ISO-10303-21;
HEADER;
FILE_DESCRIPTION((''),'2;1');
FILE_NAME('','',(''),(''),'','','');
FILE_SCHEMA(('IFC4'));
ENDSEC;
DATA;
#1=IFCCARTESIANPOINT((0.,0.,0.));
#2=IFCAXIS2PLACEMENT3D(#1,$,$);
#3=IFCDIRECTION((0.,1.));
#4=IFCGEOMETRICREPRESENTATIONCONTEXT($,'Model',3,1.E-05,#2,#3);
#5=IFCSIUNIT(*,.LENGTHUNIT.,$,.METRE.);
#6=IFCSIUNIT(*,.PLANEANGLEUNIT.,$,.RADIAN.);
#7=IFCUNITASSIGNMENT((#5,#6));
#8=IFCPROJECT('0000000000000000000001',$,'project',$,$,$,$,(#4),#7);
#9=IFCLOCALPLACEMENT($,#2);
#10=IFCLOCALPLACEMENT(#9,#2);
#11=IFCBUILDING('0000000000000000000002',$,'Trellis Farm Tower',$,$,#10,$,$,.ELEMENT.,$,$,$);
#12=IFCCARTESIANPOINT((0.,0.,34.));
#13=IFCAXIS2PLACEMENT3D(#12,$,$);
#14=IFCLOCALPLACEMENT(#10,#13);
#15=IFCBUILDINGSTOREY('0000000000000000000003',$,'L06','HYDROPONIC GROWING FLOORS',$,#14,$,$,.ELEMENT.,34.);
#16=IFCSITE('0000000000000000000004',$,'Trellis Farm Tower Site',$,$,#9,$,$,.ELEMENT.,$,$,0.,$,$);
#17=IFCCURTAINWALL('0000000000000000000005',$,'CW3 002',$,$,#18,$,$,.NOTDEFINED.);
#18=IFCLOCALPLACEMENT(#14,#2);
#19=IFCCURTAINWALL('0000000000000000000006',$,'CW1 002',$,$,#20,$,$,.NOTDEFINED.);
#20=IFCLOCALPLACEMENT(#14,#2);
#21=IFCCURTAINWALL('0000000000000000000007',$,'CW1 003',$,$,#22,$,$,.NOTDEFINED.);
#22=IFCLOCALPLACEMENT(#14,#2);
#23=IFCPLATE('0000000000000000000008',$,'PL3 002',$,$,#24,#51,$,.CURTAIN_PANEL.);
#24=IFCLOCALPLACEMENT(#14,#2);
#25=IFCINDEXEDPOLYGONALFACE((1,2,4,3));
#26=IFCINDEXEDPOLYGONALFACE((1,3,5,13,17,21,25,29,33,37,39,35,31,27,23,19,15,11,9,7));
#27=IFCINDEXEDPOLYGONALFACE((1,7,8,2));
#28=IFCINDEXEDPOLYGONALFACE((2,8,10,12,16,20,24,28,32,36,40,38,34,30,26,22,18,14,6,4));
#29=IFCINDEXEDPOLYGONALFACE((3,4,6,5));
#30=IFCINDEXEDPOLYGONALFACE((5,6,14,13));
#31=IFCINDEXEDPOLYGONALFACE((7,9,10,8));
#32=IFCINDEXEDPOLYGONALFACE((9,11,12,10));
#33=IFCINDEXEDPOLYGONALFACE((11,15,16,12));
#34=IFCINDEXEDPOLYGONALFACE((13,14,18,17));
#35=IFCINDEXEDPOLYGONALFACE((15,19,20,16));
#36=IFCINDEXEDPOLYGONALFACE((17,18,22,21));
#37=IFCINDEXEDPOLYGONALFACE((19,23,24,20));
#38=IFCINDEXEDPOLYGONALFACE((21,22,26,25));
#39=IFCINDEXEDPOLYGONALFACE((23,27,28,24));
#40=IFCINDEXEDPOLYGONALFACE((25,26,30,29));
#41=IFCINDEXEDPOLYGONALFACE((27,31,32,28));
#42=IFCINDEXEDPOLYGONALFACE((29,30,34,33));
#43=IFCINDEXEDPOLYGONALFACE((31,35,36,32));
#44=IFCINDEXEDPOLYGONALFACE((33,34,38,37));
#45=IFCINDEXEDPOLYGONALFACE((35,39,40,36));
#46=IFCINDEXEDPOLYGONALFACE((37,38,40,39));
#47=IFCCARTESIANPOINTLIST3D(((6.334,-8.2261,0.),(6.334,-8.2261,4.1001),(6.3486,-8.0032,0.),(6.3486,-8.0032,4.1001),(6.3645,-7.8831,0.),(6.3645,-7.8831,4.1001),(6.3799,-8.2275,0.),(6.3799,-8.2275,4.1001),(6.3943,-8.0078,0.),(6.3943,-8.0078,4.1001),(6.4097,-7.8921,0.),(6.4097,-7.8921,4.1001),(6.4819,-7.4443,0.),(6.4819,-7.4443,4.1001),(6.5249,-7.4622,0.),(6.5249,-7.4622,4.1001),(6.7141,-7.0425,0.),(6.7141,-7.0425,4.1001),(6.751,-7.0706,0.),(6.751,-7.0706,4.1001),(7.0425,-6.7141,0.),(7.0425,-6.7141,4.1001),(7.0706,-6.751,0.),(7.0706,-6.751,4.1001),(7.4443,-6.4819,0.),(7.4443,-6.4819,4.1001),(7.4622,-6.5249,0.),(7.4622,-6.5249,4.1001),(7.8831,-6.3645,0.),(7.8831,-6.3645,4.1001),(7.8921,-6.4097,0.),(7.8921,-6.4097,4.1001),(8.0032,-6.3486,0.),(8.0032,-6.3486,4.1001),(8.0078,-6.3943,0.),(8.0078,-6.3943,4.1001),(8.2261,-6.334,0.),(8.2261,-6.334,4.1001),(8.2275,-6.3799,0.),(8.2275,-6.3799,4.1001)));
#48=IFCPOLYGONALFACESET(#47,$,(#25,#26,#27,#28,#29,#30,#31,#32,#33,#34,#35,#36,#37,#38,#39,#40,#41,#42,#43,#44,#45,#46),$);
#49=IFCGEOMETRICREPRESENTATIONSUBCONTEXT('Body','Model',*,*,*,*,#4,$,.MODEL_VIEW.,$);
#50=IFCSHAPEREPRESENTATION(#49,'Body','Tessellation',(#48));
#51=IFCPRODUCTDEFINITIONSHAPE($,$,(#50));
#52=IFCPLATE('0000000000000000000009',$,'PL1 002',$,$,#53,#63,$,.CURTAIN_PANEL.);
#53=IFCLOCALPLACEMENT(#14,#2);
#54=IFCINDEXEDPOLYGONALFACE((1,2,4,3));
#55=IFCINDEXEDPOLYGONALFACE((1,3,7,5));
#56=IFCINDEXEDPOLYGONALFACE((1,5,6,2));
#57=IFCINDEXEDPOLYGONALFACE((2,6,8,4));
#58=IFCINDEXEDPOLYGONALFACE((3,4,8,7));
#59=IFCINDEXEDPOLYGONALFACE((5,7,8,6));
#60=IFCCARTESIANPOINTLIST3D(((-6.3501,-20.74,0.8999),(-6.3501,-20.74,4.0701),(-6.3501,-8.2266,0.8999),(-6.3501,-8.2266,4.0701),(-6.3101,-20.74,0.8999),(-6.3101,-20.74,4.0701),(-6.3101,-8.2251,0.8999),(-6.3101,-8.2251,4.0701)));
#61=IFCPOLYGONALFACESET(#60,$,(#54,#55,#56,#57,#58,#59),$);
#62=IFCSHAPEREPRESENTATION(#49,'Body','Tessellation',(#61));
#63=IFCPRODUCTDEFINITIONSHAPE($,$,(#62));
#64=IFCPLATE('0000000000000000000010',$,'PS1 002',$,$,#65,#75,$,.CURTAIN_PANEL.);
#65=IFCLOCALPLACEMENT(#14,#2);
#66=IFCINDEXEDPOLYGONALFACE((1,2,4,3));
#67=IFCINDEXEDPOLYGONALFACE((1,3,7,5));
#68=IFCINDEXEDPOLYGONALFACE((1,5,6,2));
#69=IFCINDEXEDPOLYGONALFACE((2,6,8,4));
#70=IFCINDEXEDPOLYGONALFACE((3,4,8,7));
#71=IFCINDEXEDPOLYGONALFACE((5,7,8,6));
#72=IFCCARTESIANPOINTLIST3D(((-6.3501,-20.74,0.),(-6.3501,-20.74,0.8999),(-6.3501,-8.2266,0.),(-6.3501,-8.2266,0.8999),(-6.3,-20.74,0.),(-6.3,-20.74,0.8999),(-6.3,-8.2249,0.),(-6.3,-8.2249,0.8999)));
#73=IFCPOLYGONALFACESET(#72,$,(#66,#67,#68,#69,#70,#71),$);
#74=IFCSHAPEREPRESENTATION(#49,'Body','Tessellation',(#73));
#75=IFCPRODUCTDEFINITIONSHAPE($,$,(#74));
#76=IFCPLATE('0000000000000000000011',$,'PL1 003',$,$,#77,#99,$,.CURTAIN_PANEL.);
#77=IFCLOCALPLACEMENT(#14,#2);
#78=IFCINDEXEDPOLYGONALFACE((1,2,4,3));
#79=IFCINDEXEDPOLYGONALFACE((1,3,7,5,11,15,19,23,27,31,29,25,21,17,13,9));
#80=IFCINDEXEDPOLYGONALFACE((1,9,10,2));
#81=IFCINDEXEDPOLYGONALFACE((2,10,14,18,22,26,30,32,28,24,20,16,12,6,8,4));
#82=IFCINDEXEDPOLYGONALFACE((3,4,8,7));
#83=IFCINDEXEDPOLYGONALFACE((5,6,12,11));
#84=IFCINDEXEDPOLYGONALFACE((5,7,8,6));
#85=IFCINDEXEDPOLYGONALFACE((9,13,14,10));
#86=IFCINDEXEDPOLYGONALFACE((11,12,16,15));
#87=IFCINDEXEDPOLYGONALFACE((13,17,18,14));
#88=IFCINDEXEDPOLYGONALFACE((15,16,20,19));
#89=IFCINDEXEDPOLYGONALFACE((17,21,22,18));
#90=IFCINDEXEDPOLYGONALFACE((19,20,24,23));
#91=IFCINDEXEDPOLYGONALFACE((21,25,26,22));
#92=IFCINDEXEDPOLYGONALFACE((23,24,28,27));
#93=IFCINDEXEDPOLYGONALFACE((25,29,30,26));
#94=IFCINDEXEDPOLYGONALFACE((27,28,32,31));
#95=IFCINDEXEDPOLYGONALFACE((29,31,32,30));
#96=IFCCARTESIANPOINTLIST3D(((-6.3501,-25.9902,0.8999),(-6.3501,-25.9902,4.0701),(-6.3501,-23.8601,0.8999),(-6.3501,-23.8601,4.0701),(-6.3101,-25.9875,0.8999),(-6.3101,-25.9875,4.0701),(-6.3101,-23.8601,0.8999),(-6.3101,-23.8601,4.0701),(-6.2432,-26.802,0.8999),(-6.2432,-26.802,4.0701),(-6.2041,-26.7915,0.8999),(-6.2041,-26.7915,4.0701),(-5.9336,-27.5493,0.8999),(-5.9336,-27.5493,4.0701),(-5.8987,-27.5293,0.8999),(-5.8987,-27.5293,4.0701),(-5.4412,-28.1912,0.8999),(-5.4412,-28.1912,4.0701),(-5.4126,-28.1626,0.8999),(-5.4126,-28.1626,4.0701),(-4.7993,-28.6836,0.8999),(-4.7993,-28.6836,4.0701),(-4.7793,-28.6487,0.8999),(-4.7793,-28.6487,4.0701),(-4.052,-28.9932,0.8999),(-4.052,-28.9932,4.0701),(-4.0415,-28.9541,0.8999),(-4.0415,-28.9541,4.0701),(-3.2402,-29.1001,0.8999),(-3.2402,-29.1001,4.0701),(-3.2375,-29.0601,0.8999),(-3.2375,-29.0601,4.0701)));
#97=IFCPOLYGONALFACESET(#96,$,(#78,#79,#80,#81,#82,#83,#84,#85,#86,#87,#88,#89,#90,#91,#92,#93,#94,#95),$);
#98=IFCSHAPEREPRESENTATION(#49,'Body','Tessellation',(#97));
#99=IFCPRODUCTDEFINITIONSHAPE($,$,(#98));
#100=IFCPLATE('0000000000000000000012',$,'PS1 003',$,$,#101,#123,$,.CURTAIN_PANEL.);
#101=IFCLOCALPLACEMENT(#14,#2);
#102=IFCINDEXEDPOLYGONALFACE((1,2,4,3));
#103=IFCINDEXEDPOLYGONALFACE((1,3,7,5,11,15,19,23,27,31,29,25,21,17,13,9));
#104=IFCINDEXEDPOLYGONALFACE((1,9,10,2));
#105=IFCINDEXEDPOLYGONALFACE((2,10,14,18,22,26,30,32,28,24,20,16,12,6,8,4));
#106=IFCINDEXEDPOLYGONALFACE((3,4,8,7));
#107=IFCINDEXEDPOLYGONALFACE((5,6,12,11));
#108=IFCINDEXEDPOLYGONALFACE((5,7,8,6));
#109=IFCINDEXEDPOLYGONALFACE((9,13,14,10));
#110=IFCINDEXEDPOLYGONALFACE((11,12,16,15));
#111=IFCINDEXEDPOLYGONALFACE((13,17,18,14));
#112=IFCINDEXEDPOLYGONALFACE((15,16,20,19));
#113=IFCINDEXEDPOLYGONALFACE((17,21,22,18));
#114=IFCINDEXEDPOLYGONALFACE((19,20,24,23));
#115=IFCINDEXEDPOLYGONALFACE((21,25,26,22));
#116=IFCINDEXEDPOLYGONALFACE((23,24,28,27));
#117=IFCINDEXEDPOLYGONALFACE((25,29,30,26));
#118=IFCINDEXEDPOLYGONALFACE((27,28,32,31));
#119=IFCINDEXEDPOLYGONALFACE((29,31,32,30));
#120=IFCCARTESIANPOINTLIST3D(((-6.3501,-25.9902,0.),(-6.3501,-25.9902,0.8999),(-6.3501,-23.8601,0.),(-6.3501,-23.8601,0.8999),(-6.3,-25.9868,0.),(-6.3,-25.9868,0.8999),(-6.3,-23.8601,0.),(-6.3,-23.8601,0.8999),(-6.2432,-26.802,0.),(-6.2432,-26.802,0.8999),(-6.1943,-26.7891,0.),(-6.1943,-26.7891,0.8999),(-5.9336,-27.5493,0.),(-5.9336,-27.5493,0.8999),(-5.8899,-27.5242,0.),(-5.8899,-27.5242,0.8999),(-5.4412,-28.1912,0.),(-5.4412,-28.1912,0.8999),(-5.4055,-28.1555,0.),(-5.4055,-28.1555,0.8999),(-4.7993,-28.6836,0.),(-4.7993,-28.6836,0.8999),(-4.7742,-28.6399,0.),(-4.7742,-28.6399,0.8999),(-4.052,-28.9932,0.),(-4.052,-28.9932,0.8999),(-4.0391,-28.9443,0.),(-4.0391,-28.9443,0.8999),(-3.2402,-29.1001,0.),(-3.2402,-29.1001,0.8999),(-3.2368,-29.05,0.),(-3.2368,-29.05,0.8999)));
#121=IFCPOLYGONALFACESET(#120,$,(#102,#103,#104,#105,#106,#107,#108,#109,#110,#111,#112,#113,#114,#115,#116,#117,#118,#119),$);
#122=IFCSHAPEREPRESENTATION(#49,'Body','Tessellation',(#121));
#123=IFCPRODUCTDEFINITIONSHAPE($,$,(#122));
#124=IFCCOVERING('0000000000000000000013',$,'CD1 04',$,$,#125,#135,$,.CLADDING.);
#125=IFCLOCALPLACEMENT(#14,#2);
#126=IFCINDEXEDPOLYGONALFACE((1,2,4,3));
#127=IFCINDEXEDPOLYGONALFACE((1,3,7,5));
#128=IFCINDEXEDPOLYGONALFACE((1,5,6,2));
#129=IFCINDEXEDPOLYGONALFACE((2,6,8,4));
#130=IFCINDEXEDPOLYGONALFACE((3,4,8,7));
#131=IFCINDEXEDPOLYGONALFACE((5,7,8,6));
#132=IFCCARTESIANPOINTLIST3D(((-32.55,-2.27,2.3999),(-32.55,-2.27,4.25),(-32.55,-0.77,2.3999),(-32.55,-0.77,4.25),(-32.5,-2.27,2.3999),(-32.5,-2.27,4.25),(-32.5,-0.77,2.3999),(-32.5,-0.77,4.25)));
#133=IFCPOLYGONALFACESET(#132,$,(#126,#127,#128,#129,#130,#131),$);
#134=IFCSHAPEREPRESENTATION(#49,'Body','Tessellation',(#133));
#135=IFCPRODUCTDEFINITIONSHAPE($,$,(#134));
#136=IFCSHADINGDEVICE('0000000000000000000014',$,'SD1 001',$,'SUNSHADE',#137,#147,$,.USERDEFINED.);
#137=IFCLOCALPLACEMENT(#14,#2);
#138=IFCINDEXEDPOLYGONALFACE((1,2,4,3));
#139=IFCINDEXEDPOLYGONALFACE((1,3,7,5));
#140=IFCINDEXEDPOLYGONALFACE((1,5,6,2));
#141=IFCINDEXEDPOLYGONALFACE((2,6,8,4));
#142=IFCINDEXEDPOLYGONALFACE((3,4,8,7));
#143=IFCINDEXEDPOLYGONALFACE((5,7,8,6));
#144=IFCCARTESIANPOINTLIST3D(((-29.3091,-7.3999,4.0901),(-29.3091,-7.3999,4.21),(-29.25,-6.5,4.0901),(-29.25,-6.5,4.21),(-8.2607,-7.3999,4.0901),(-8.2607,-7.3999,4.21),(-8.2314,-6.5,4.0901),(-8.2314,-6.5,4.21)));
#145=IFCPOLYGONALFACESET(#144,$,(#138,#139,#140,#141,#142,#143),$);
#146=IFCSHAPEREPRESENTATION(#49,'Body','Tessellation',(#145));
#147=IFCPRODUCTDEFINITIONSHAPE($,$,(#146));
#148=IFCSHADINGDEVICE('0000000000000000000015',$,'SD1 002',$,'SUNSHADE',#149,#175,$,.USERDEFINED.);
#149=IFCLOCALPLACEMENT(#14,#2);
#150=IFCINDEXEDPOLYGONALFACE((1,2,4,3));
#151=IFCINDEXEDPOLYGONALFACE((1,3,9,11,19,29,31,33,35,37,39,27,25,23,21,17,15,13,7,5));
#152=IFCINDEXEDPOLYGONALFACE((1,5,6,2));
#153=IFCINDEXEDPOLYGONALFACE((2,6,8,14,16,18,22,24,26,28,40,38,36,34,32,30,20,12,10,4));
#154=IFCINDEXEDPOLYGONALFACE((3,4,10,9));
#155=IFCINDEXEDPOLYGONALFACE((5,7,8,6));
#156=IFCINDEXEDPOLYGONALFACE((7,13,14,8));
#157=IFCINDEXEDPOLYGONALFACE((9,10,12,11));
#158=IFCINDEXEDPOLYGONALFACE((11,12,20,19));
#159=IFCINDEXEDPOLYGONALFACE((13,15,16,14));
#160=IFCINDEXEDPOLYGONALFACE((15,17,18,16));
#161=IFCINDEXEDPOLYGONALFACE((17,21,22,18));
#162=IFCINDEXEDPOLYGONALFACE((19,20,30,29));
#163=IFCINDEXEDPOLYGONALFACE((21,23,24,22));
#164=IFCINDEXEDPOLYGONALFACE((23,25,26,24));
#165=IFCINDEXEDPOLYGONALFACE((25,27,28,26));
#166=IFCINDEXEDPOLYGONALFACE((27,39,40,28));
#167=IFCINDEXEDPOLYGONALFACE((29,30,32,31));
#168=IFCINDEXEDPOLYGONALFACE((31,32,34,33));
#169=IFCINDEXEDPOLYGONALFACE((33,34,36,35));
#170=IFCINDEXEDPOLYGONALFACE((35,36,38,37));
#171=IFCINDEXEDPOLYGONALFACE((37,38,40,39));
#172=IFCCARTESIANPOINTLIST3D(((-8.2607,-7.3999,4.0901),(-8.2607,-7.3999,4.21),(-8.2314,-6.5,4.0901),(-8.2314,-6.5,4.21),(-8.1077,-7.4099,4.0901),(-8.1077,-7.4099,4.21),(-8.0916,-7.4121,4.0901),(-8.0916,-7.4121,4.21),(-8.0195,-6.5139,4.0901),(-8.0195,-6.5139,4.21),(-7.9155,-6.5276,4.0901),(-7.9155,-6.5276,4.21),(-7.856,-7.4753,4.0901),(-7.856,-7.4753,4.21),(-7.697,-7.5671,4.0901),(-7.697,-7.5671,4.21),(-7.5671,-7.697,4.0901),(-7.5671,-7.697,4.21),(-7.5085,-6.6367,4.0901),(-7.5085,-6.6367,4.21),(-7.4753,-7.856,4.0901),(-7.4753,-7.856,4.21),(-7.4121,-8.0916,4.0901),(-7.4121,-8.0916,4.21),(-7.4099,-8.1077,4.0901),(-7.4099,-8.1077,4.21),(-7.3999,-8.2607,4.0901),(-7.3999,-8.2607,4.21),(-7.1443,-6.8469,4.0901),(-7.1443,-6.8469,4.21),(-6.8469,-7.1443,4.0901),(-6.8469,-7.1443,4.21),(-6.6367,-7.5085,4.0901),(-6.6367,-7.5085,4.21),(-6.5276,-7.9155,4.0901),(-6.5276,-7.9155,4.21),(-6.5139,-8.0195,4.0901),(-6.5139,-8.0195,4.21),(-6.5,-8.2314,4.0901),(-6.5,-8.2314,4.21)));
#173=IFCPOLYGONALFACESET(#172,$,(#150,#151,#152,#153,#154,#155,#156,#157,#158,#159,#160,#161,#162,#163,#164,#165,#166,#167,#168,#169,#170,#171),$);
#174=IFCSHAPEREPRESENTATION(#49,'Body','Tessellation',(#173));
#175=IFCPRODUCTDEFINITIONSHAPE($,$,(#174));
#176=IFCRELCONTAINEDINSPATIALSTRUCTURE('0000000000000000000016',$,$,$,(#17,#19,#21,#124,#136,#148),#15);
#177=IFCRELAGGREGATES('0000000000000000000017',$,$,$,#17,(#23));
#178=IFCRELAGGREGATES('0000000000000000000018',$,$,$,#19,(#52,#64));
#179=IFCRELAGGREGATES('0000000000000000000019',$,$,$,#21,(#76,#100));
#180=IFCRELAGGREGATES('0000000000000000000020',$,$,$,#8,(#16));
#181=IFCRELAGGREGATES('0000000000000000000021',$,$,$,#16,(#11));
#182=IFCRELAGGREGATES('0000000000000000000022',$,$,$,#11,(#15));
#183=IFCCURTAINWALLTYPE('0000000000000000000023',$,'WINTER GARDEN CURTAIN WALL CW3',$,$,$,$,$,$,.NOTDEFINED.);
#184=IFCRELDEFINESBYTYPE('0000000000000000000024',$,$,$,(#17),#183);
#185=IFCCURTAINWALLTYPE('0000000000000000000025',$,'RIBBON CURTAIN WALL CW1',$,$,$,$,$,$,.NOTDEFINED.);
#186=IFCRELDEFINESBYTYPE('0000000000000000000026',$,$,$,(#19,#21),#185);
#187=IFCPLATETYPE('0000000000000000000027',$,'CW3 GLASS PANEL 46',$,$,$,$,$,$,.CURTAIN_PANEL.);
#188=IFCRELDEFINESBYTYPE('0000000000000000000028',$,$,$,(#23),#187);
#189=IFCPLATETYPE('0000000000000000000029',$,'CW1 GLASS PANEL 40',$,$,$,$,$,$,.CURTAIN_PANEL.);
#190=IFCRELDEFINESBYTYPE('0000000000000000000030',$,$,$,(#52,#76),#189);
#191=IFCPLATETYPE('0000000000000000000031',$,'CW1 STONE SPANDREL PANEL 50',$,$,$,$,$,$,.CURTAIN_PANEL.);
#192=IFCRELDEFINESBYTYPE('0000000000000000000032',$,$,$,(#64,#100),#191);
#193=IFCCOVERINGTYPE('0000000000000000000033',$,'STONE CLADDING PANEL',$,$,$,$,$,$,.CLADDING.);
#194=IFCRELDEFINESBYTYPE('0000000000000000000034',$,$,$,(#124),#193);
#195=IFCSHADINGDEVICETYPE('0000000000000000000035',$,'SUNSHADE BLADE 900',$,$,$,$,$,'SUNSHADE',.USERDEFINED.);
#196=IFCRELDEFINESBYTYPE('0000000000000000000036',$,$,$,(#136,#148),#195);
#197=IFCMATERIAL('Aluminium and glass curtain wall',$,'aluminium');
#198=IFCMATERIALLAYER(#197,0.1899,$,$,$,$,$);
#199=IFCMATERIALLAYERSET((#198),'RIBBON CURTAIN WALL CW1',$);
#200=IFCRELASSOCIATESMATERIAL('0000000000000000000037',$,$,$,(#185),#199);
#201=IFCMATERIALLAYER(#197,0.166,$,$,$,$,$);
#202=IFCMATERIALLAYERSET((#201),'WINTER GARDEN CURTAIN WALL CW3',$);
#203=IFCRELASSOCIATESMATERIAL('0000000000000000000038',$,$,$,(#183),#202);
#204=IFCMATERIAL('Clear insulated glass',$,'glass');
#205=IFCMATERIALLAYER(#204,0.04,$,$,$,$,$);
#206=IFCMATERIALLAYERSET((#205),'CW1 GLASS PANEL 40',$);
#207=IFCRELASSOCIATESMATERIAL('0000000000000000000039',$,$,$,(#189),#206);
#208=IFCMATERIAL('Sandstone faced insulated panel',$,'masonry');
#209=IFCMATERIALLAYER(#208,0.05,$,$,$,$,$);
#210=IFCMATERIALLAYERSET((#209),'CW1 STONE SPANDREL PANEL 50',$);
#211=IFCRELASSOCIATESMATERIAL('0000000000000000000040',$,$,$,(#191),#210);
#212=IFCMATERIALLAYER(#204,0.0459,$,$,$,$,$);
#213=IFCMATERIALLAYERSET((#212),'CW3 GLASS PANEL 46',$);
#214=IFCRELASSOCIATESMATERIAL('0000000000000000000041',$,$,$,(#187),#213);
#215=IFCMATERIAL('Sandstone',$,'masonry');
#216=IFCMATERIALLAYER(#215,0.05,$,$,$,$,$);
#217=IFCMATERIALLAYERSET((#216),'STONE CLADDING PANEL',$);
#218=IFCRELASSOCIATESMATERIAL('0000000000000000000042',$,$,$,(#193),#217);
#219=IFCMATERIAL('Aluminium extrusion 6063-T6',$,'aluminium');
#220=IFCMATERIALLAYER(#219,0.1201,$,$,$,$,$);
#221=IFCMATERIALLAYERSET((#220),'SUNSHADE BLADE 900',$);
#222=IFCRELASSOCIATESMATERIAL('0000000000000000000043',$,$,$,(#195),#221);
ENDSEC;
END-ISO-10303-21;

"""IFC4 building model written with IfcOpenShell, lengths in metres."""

from ifc_helpers import new_model, si_unit, direction, frame, origin, place, context, subcontext, project, spatial, polyline, outline, extrude, source, transform, mapped, material, layer, layer_set, type_object, element, aggregate, save


model = new_model("IFC4")

# Units and contexts
model_context = context("Model", 3, precision=1e-05, world=origin(), true_north=direction((0.0, 1.0)))
body_context = subcontext(model_context, "Body", "Model", "MODEL_VIEW")
ifc_project = project(units=[si_unit("LENGTHUNIT", "METRE"), si_unit("PLANEANGLEUNIT", "RADIAN")], contexts=[model_context])

# Site, building, storey
site_placement = place(None, origin())
site = spatial("IfcSite", under=ifc_project, at=site_placement, Name="Trellis Farm Tower Site", CompositionType="ELEMENT", RefElevation=0.0)
building_placement = place(site_placement, origin())
building = spatial("IfcBuilding", under=site, at=building_placement, Name="Trellis Farm Tower", CompositionType="ELEMENT")
storey_placement = place(building_placement, frame((0.0, 0.0, 34.0)))
storey = spatial("IfcBuildingStorey", under=building, at=storey_placement, Name="L06", Description="HYDROPONIC GROWING FLOORS", CompositionType="ELEMENT", Elevation=34.0)

# Curtain walls
ifc_material_1 = material(Name="Aluminium and glass curtain wall", Category="aluminium")
ifc_layer_1 = layer(ifc_material_1, 0.1899)
ifc_layer_set_1 = layer_set([ifc_layer_1], Name="RIBBON CURTAIN WALL CW1")
curtain_wall_type_1 = type_object("IfcCurtainWallType", Name="RIBBON CURTAIN WALL CW1", PredefinedType="NOTDEFINED", material=ifc_layer_set_1)
placement_1 = place(storey_placement, origin())
ifc_material_2 = material(Name="Aluminium extrusion 6063-T6", Category="aluminium")
ifc_layer_2 = layer(ifc_material_1, 0.166)
ifc_layer_set_2 = layer_set([ifc_layer_2], Name="WINTER GARDEN CURTAIN WALL CW3")
curtain_wall_type_2 = type_object("IfcCurtainWallType", Name="WINTER GARDEN CURTAIN WALL CW3", PredefinedType="NOTDEFINED", material=ifc_layer_set_2)
curtain_wall_1 = element("IfcCurtainWall", 1, at=placement_1, inside=storey, type_object=curtain_wall_type_2, Name="CW3 002", PredefinedType="NOTDEFINED")
curtain_wall_2 = element("IfcCurtainWall", 2, at=placement_1, inside=storey, type_object=curtain_wall_type_1, Name="CW1 002", PredefinedType="NOTDEFINED")
curtain_wall_3 = element("IfcCurtainWall", 3, at=placement_1, inside=storey, type_object=curtain_wall_type_1, Name="CW1 003", PredefinedType="NOTDEFINED")

# Plates
ifc_material_3 = material(Name="Clear insulated glass", Category="glass")
ifc_layer_3 = layer(ifc_material_3, 0.04)
ifc_layer_set_3 = layer_set([ifc_layer_3], Name="CW1 GLASS PANEL 40")
plate_type_1 = type_object("IfcPlateType", Name="CW1 GLASS PANEL 40", PredefinedType="CURTAIN_PANEL", material=ifc_layer_set_3)
placement_2 = place(storey_placement, frame((0.0, 0.0, 0.8999)))
ifc_material_4 = material(Name="Sandstone faced insulated panel", Category="masonry")
ifc_layer_4 = layer(ifc_material_4, 0.05)
ifc_layer_set_4 = layer_set([ifc_layer_4], Name="CW1 STONE SPANDREL PANEL 50")
plate_type_2 = type_object("IfcPlateType", Name="CW1 STONE SPANDREL PANEL 50", PredefinedType="CURTAIN_PANEL", material=ifc_layer_set_4)
ifc_layer_5 = layer(ifc_material_3, 0.0459)
ifc_layer_set_5 = layer_set([ifc_layer_5], Name="CW3 GLASS PANEL 46")
plate_type_3 = type_object("IfcPlateType", Name="CW3 GLASS PANEL 46", PredefinedType="CURTAIN_PANEL", material=ifc_layer_set_5)
shared_shape_1 = source(origin(), body_context, "Body", "SweptSolid", [
    extrude(outline(polyline([(6.3799, -8.2275), (6.3943, -8.0078), (6.4097, -7.8921), (6.5249, -7.4622), (6.751, -7.0706), (7.0706, -6.751), (7.4622, -6.5249), (7.8921, -6.4097), (8.0078, -6.3943), (8.2275, -6.3799), (8.2261, -6.334), (8.0032, -6.3486), (7.8831, -6.3645), (7.4443, -6.4819), (7.0425, -6.7141), (6.7141, -7.0425), (6.4819, -7.4443), (6.3645, -7.8831), (6.3486, -8.0032), (6.334, -8.2261), (6.3799, -8.2275)])), origin(), (0.0, 0.0, 1.0), 4.1001),
])
plate_1 = element("IfcPlate", 4, at=placement_1, type_object=plate_type_3, Name="PL3 002", PredefinedType="CURTAIN_PANEL", context=body_context, shape_type="MappedRepresentation", body=[
    mapped(shared_shape_1, transform((0.0, 0.0, 0.0))),
])
aggregate(curtain_wall_1, [plate_1])
shared_shape_2 = source(origin(), body_context, "Body", "SweptSolid", [
    extrude(outline(polyline([(-6.3501, -8.2266), (-6.3501, -20.74), (-6.3101, -20.74), (-6.3101, -8.2251), (-6.3501, -8.2266)])), origin(), (0.0, 0.0, 1.0), 3.1702),
])
plate_2 = element("IfcPlate", 5, at=placement_2, type_object=plate_type_1, Name="PL1 002", PredefinedType="CURTAIN_PANEL", context=body_context, shape_type="MappedRepresentation", body=[
    mapped(shared_shape_2, transform((0.0, 0.0, 0.0))),
])
shared_shape_3 = source(origin(), body_context, "Body", "SweptSolid", [
    extrude(outline(polyline([(-6.3501, -8.2266), (-6.3501, -20.74), (-6.3, -20.74), (-6.3, -8.2249), (-6.3501, -8.2266)])), origin(), (0.0, 0.0, 1.0), 0.8999),
])
plate_3 = element("IfcPlate", 6, at=placement_1, type_object=plate_type_2, Name="PS1 002", PredefinedType="CURTAIN_PANEL", context=body_context, shape_type="MappedRepresentation", body=[
    mapped(shared_shape_3, transform((0.0, 0.0, 0.0))),
])
aggregate(curtain_wall_2, [plate_2, plate_3])
shared_shape_4 = source(origin(), body_context, "Body", "SweptSolid", [
    extrude(outline(polyline([(-6.3501, -23.8601), (-6.3501, -25.9902), (-6.2432, -26.802), (-5.9336, -27.5493), (-5.4412, -28.1912), (-4.7993, -28.6836), (-4.052, -28.9932), (-3.2402, -29.1001), (-3.2375, -29.0601), (-4.0415, -28.9541), (-4.7793, -28.6487), (-5.4126, -28.1626), (-5.8987, -27.5293), (-6.2041, -26.7915), (-6.3101, -25.9875), (-6.3101, -23.8601), (-6.3501, -23.8601)])), origin(), (0.0, 0.0, 1.0), 3.1702),
])
plate_4 = element("IfcPlate", 7, at=placement_2, type_object=plate_type_1, Name="PL1 003", PredefinedType="CURTAIN_PANEL", context=body_context, shape_type="MappedRepresentation", body=[
    mapped(shared_shape_4, transform((0.0, 0.0, 0.0))),
])
shared_shape_5 = source(origin(), body_context, "Body", "SweptSolid", [
    extrude(outline(polyline([(-6.3501, -23.8601), (-6.3501, -25.9902), (-6.2432, -26.802), (-5.9336, -27.5493), (-5.4412, -28.1912), (-4.7993, -28.6836), (-4.052, -28.9932), (-3.2402, -29.1001), (-3.2368, -29.05), (-4.0391, -28.9443), (-4.7742, -28.6399), (-5.4055, -28.1555), (-5.8899, -27.5242), (-6.1943, -26.7891), (-6.3, -25.9868), (-6.3, -23.8601), (-6.3501, -23.8601)])), origin(), (0.0, 0.0, 1.0), 0.8999),
])
plate_5 = element("IfcPlate", 8, at=placement_1, type_object=plate_type_2, Name="PS1 003", PredefinedType="CURTAIN_PANEL", context=body_context, shape_type="MappedRepresentation", body=[
    mapped(shared_shape_5, transform((0.0, 0.0, 0.0))),
])
aggregate(curtain_wall_3, [plate_4, plate_5])

# Covering
ifc_material_5 = material(Name="Sandstone", Category="masonry")
ifc_layer_6 = layer(ifc_material_5, 0.05)
ifc_layer_set_6 = layer_set([ifc_layer_6], Name="STONE CLADDING PANEL")
covering_type = type_object("IfcCoveringType", Name="STONE CLADDING PANEL", PredefinedType="CLADDING", material=ifc_layer_set_6)
covering_placement = place(storey_placement, frame((0.0, 0.0, 2.3999)))
element("IfcCovering", 9, at=covering_placement, inside=storey, type_object=covering_type, Name="CD1 04", PredefinedType="CLADDING", context=body_context, shape_type="SweptSolid", body=[
    extrude(outline(polyline([(-32.55, -0.77), (-32.55, -2.27), (-32.5, -2.27), (-32.5, -0.77), (-32.55, -0.77)])), origin(), (0.0, 0.0, 1.0), 1.8501),
])

# Shading devices
ifc_layer_7 = layer(ifc_material_2, 0.1201)
ifc_layer_set_7 = layer_set([ifc_layer_7], Name="SUNSHADE BLADE 900")
shading_device_type_1 = type_object("IfcShadingDeviceType", Name="SUNSHADE BLADE 900", ElementType="SUNSHADE", PredefinedType="USERDEFINED", material=ifc_layer_set_7)
shared_shape_6 = source(origin(), body_context, "Body", "SweptSolid", [
    extrude(outline(polyline([(-29.3091, -7.3999), (-8.2607, -7.3999), (-8.2314, -6.5), (-29.25, -6.5), (-29.3091, -7.3999)])), origin(), (0.0, 0.0, 1.0), 0.1199),
])
placement_3 = place(storey_placement, frame((0.0, 0.0, 4.0901)))
element("IfcShadingDevice", 10, at=placement_3, inside=storey, type_object=shading_device_type_1, Name="SD1 001", ObjectType="SUNSHADE", PredefinedType="USERDEFINED", context=body_context, shape_type="MappedRepresentation", body=[
    mapped(shared_shape_6, transform((0.0, 0.0, 0.0))),
])
shared_shape_7 = source(origin(), body_context, "Body", "SweptSolid", [
    extrude(outline(polyline([(-8.2607, -7.3999), (-8.1077, -7.4099), (-8.0916, -7.4121), (-7.856, -7.4753), (-7.697, -7.5671), (-7.5671, -7.697), (-7.4753, -7.856), (-7.4121, -8.0916), (-7.4099, -8.1077), (-7.3999, -8.2607), (-6.5, -8.2314), (-6.5139, -8.0195), (-6.5276, -7.9155), (-6.6367, -7.5085), (-6.8469, -7.1443), (-7.1443, -6.8469), (-7.5085, -6.6367), (-7.9155, -6.5276), (-8.0195, -6.5139), (-8.2314, -6.5), (-8.2607, -7.3999)])), origin(), (0.0, 0.0, 1.0), 0.1199),
])
element("IfcShadingDevice", 11, at=placement_3, inside=storey, type_object=shading_device_type_1, Name="SD1 002", ObjectType="SUNSHADE", PredefinedType="USERDEFINED", context=body_context, shape_type="MappedRepresentation", body=[
    mapped(shared_shape_7, transform((0.0, 0.0, 0.0))),
])

save(model, "model.ifc")
